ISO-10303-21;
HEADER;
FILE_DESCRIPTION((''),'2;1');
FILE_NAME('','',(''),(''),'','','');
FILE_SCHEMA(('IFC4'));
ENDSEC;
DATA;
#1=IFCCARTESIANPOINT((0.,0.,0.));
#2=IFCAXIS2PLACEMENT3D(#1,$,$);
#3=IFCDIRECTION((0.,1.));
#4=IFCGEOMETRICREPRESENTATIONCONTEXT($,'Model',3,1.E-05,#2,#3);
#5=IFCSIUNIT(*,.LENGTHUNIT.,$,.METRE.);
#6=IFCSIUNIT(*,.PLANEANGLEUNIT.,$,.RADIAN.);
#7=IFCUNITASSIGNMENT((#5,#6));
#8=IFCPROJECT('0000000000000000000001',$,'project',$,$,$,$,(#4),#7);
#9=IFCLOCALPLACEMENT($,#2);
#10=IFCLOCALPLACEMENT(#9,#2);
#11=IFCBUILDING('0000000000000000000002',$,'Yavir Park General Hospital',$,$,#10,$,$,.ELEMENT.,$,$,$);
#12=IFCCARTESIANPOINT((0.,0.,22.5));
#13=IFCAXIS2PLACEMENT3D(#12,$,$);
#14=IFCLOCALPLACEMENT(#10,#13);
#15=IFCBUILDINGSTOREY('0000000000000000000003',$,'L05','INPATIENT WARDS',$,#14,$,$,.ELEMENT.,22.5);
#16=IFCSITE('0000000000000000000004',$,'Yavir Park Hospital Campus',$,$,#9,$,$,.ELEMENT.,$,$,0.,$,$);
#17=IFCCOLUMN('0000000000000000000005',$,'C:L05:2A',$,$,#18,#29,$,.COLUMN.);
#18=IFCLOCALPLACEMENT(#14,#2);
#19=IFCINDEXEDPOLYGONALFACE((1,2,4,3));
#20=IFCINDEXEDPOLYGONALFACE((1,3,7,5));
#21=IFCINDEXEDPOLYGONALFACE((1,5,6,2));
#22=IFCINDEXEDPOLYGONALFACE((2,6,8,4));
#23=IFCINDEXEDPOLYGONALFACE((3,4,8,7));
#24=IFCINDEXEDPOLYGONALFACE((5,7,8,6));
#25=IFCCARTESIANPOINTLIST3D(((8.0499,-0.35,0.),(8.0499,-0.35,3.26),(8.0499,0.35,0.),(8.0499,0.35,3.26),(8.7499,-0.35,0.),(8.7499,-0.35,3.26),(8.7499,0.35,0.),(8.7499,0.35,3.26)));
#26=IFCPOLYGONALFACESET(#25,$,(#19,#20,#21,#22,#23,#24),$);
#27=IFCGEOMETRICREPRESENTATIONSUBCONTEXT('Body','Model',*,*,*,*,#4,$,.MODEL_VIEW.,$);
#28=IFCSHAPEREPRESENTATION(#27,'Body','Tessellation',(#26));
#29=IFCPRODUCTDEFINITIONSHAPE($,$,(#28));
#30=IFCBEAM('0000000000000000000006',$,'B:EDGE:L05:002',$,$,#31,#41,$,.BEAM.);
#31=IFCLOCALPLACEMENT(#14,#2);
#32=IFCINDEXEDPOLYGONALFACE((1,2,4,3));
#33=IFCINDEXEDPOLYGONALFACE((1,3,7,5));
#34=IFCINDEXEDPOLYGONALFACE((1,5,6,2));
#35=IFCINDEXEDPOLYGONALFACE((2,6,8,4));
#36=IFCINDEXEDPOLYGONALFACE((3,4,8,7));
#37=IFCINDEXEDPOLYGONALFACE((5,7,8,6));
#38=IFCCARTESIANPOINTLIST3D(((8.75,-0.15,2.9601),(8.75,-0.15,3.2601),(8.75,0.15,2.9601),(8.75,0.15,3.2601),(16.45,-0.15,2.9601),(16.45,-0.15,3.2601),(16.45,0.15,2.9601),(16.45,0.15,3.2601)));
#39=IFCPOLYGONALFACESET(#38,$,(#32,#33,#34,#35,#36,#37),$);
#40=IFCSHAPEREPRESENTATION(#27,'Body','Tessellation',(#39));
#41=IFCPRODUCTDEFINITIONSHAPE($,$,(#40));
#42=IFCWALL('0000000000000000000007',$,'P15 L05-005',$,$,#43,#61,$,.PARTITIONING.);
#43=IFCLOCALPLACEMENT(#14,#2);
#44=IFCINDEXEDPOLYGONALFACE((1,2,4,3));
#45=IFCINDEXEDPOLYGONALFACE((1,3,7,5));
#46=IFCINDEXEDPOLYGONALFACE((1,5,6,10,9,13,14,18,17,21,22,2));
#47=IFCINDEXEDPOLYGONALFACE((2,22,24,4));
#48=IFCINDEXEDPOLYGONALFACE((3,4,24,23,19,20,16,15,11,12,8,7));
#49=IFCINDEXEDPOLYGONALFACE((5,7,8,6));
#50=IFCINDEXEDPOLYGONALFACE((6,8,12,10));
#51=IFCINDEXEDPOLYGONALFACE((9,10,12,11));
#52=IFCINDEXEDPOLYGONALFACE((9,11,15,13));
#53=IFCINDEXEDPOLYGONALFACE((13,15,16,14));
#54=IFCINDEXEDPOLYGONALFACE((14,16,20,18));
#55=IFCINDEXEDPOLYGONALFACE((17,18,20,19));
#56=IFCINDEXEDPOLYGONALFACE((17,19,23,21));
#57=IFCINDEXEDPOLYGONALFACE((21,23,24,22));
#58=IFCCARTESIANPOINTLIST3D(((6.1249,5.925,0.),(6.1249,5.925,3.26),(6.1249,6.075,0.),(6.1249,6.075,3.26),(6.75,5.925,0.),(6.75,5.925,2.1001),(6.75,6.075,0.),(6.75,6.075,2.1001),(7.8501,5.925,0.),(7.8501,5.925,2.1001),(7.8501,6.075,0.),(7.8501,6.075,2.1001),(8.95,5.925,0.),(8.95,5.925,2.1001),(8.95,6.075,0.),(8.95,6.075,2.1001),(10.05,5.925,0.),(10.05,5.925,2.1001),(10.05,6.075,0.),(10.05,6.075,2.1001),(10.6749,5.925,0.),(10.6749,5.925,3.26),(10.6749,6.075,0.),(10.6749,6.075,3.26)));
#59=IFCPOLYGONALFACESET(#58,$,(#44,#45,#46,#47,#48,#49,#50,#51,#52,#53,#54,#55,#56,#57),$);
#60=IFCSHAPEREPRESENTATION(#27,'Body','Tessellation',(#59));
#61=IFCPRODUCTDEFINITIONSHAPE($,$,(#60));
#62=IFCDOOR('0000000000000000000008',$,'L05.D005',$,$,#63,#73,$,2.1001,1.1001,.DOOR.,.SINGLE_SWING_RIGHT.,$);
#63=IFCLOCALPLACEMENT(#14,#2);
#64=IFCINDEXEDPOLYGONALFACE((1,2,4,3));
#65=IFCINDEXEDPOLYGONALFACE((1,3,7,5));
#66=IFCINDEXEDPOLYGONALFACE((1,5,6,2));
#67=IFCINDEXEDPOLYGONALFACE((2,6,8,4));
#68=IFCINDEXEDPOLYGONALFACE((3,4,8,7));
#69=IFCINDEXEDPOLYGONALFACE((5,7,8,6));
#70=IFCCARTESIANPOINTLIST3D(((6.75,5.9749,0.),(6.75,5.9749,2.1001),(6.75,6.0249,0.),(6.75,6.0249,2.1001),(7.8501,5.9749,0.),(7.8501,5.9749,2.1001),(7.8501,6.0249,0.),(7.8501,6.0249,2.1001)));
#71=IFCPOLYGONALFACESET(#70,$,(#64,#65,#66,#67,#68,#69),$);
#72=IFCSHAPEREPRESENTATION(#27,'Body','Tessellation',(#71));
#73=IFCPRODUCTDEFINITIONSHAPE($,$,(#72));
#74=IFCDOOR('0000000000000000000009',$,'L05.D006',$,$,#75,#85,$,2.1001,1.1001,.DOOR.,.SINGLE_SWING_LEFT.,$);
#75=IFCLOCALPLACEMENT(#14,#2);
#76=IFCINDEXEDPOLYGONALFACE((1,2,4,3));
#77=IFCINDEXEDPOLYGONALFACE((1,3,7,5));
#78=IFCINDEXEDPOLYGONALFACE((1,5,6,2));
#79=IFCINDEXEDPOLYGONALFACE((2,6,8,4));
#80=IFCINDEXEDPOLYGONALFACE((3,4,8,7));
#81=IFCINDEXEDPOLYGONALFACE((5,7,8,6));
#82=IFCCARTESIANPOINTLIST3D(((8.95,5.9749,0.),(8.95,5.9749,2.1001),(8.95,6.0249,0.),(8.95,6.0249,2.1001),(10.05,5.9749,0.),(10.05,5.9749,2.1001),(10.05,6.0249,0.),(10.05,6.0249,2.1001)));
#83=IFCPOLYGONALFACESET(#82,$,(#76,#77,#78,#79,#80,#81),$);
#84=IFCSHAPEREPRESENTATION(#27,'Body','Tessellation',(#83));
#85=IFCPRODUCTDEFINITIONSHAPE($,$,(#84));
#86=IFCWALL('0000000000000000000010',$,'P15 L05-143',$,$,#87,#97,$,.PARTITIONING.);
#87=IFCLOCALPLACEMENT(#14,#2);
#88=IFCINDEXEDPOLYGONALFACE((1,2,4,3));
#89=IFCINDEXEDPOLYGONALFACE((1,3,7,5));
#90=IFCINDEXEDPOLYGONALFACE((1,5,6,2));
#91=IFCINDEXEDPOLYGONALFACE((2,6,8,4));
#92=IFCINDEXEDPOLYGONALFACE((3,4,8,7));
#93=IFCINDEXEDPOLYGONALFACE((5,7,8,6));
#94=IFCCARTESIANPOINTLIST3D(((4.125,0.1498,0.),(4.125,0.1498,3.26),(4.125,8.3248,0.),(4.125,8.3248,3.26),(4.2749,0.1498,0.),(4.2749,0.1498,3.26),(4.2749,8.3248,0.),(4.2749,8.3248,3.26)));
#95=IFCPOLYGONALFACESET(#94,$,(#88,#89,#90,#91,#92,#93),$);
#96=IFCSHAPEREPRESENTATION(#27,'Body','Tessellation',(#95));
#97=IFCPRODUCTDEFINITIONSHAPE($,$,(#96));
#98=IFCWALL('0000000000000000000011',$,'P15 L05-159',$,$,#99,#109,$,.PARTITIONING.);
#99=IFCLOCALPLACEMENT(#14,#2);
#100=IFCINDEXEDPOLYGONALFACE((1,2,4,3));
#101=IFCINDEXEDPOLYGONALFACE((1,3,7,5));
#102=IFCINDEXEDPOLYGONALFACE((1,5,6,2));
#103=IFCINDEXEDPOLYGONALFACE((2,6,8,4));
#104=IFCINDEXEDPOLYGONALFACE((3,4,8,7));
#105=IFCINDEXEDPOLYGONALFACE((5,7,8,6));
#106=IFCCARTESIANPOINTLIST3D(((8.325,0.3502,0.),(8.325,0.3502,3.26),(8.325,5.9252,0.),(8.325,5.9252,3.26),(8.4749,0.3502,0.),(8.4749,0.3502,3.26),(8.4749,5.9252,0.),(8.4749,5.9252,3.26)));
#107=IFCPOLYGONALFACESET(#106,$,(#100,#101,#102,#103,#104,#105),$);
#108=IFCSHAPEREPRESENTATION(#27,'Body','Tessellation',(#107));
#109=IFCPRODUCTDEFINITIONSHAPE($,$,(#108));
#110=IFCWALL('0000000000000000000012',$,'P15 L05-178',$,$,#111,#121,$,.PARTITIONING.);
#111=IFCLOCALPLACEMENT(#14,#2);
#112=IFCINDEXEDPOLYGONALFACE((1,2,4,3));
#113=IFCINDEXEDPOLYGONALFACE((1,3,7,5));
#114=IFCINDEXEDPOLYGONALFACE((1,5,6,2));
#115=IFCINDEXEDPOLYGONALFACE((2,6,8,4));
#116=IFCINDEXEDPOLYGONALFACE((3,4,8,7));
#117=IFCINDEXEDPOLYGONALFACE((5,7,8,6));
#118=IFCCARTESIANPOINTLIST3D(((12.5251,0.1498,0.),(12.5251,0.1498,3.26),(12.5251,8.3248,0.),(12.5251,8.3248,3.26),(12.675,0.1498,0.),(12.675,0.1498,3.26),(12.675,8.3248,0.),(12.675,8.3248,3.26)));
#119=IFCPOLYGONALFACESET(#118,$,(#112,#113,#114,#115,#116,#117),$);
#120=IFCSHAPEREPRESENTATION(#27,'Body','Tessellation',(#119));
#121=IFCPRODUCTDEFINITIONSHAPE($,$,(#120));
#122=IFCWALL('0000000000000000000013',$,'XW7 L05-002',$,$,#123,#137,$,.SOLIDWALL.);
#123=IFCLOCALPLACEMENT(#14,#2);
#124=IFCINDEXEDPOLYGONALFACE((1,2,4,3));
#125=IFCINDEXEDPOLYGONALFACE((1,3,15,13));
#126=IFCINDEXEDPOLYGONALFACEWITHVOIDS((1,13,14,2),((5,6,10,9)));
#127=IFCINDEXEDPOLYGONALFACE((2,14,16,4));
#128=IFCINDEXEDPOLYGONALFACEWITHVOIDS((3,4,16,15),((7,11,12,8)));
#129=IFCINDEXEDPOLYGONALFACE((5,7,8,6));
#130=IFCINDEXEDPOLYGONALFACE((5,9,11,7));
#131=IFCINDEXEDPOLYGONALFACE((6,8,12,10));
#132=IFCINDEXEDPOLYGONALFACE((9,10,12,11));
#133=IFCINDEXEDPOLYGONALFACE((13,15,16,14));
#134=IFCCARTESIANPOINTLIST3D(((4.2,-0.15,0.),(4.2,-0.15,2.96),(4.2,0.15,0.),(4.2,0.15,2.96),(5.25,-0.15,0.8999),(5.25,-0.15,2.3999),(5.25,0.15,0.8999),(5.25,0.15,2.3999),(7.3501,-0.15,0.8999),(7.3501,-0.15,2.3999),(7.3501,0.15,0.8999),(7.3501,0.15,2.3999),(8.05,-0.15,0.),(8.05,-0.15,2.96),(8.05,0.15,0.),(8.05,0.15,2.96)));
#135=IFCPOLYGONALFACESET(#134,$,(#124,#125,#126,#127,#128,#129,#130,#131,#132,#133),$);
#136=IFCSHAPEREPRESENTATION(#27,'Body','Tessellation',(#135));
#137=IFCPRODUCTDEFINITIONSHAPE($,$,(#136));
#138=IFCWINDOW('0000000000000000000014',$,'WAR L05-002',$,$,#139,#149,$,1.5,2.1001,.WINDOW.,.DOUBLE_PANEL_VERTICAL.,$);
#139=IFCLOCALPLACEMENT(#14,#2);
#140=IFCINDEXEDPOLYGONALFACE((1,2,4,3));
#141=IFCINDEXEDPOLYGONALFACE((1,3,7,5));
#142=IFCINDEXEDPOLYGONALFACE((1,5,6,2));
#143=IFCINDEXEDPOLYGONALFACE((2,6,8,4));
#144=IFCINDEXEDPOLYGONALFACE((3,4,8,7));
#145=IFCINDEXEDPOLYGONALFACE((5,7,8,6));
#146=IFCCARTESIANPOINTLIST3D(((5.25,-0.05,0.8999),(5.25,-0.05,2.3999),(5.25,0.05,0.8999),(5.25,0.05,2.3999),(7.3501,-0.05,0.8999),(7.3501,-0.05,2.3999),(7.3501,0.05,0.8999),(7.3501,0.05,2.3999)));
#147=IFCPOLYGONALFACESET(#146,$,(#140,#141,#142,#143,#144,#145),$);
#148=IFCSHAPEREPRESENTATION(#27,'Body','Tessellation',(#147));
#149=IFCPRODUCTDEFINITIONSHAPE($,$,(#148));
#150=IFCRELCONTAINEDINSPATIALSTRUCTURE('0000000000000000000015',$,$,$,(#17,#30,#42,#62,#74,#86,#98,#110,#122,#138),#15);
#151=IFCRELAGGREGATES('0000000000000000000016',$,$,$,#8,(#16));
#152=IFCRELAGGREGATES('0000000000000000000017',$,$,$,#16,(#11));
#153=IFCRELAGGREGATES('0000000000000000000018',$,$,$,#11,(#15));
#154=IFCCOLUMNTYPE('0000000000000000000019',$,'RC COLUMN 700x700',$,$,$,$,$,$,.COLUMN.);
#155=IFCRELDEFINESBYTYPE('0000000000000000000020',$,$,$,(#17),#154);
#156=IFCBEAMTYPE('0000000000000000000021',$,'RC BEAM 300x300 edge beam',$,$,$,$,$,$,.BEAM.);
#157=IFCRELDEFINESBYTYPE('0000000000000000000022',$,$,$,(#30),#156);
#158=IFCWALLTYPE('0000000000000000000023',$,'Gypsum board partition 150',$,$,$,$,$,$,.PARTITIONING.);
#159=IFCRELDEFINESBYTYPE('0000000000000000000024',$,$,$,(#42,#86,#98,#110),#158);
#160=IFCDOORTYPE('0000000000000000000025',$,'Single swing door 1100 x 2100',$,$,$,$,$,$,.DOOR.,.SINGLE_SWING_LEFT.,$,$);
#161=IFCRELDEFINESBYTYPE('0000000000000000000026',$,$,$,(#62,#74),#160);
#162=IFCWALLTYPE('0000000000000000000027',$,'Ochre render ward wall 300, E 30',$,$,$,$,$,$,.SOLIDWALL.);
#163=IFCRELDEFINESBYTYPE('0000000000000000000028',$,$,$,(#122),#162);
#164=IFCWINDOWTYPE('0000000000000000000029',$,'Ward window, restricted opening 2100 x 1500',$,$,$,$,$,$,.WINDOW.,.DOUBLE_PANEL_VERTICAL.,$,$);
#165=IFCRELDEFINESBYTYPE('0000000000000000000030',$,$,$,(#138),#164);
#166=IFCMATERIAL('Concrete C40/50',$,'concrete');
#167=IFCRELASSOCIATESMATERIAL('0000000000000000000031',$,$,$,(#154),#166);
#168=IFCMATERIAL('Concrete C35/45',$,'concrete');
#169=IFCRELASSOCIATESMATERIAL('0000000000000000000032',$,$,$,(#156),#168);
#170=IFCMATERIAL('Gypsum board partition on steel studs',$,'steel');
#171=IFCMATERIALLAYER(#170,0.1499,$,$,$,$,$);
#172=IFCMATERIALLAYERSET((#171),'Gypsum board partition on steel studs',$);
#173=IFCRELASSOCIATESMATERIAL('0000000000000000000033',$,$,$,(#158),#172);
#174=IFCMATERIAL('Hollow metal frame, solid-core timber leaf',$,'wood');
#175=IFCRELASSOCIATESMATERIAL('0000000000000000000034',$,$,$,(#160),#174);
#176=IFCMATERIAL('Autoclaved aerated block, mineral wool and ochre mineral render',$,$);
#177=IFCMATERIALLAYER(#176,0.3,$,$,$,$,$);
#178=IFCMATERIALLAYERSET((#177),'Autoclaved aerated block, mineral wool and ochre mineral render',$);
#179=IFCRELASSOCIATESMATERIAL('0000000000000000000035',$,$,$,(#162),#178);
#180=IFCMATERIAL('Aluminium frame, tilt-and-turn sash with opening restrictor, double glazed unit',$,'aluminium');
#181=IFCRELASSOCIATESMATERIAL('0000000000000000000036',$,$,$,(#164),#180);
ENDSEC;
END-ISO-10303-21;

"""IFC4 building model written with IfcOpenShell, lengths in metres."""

from ifc_helpers import new_model, si_unit, direction, frame, frame_2d, origin, origin_2d, place, context, subcontext, project, spatial, rectangle, extrude, material, layer, layer_set, material_profile, profile_set, type_object, element, fill, save


model = new_model("IFC4")

# Units and contexts
model_context = context("Model", 3, precision=1e-05, world=origin(), true_north=direction((0.0, 1.0)))
body_context = subcontext(model_context, "Body", "Model", "MODEL_VIEW")
ifc_project = project(units=[si_unit("LENGTHUNIT", "METRE"), si_unit("PLANEANGLEUNIT", "RADIAN")], contexts=[model_context])

# Site, building, storey
site_placement = place(None, origin())
site = spatial("IfcSite", under=ifc_project, at=site_placement, Name="Yavir Park Hospital Campus", CompositionType="ELEMENT", RefElevation=0.0)
building_placement = place(site_placement, origin())
building = spatial("IfcBuilding", under=site, at=building_placement, Name="Yavir Park General Hospital", CompositionType="ELEMENT")
storey_placement = place(building_placement, frame((0.0, 0.0, 22.5)))
storey = spatial("IfcBuildingStorey", under=building, at=storey_placement, Name="L05", Description="INPATIENT WARDS", CompositionType="ELEMENT", Elevation=22.5)

# Column
ifc_material_1 = material(Name="Concrete C40/50", Category="concrete")
ifc_material_profile_1 = material_profile(ifc_material_1, rectangle(XDim=0.7, YDim=0.7, at=origin_2d()), Name="RC700x700")
ifc_profile_set_1 = profile_set([ifc_material_profile_1], Name="Concrete C40/50")
column_type = type_object("IfcColumnType", Name="RC COLUMN 700x700", PredefinedType="COLUMN", material=ifc_profile_set_1)
column_placement = place(storey_placement, frame((8.3999, 0.0, 0.0), z_axis=(0.0, 0.0, 1.0), x_axis=(1.0, 0.0, 0.0)))
element("IfcColumn", 1, at=column_placement, inside=storey, type_object=column_type, Name="C:L05:2A", PredefinedType="COLUMN", context=body_context, shape_type="SweptSolid", body=[
    extrude(rectangle(XDim=0.7, YDim=0.7, at=origin_2d()), origin(), (0.0, 0.0, 1.0), 3.26),
])

# Beam
ifc_material_2 = material(Name="Concrete C35/45", Category="concrete")
ifc_material_profile_2 = material_profile(ifc_material_2, rectangle(XDim=0.3, YDim=0.3, at=origin_2d()), Name="RC300x300")
ifc_profile_set_2 = profile_set([ifc_material_profile_2], Name="Concrete C35/45")
beam_type = type_object("IfcBeamType", Name="RC BEAM 300x300 edge beam", PredefinedType="BEAM", material=ifc_profile_set_2)
beam_placement = place(storey_placement, frame((8.75, 0.0, 3.1101), z_axis=(1.0, 0.0, 0.0), x_axis=(0.0, 1.0, 0.0)))
element("IfcBeam", 2, at=beam_placement, inside=storey, type_object=beam_type, Name="B:EDGE:L05:002", PredefinedType="BEAM", context=body_context, shape_type="SweptSolid", body=[
    extrude(rectangle(XDim=0.3, YDim=0.3, at=origin_2d()), origin(), (0.0, 0.0, 1.0), 7.7),
])

# Wall, openings, doors
ifc_material_3 = material(Name="Gypsum board partition on steel studs", Category="steel")
ifc_layer_1 = layer(ifc_material_3, 0.1499)
ifc_layer_set_1 = layer_set([ifc_layer_1], Name="Gypsum board partition on steel studs")
wall_type_1 = type_object("IfcWallType", Name="Gypsum board partition 150", PredefinedType="PARTITIONING", material=ifc_layer_set_1)
wall_1_placement = place(storey_placement, frame((6.125, 6.0, 0.0), z_axis=(0.0, 0.0, 1.0), x_axis=(1.0, 0.0, 0.0)))
wall_1 = element("IfcWall", 3, at=wall_1_placement, inside=storey, type_object=wall_type_1, Name="P15 L05-005", PredefinedType="PARTITIONING", context=body_context, shape_type="SweptSolid", body=[
    extrude(rectangle(XDim=4.55, YDim=0.1499, at=frame_2d((2.2749, 0.0))), origin(), (0.0, 0.0, 1.0), 3.26),
])
opening_1_placement = place(wall_1_placement, frame((0.625, 0.0, 0.0)))
opening_1 = element("IfcOpeningElement", 4, at=opening_1_placement, cuts=wall_1, PredefinedType="OPENING", context=body_context, shape_type="SweptSolid", body=[
    extrude(rectangle(XDim=1.1001, YDim=2.1001, at=frame_2d((0.55, 1.05))), frame((0.0, 0.085, 0.0), z_axis=(0.0, -1.0, 0.0), x_axis=(1.0, 0.0, 0.0)), (0.0, 0.0, 1.0), 0.1699),
])
opening_2_placement = place(wall_1_placement, frame((2.825, 0.0, 0.0)))
opening_2 = element("IfcOpeningElement", 5, at=opening_2_placement, cuts=wall_1, PredefinedType="OPENING", context=body_context, shape_type="SweptSolid", body=[
    extrude(rectangle(XDim=1.1001, YDim=2.1001, at=frame_2d((0.55, 1.05))), frame((0.0, 0.085, 0.0), z_axis=(0.0, -1.0, 0.0), x_axis=(1.0, 0.0, 0.0)), (0.0, 0.0, 1.0), 0.1699),
])
ifc_material_4 = material(Name="Hollow metal frame, solid-core timber leaf", Category="wood")
door_type = type_object("IfcDoorType", Name="Single swing door 1100 x 2100", OperationType="SINGLE_SWING_LEFT", PredefinedType="DOOR", material=ifc_material_4)
door_1_placement = place(opening_1_placement, origin())
door_1 = element("IfcDoor", 6, at=door_1_placement, inside=storey, type_object=door_type, Name="L05.D005", OperationType="SINGLE_SWING_RIGHT", OverallHeight=2.1001, OverallWidth=1.1001, PredefinedType="DOOR", context=body_context, shape_type="SweptSolid", body=[
    extrude(rectangle(XDim=1.1001, YDim=2.1001, at=frame_2d((0.55, 1.05))), frame((0.0, 0.0249, 0.0), z_axis=(0.0, -1.0, 0.0), x_axis=(1.0, 0.0, 0.0)), (0.0, 0.0, 1.0), 0.05),
])
fill(opening_1, door_1)
door_2_placement = place(opening_2_placement, origin())
door_2 = element("IfcDoor", 7, at=door_2_placement, inside=storey, type_object=door_type, Name="L05.D006", OperationType="SINGLE_SWING_LEFT", OverallHeight=2.1001, OverallWidth=1.1001, PredefinedType="DOOR", context=body_context, shape_type="SweptSolid", body=[
    extrude(rectangle(XDim=1.1001, YDim=2.1001, at=frame_2d((0.55, 1.05))), frame((0.0, 0.0249, 0.0), z_axis=(0.0, -1.0, 0.0), x_axis=(1.0, 0.0, 0.0)), (0.0, 0.0, 1.0), 0.05),
])
fill(opening_2, door_2)

# Walls
wall_2_placement = place(storey_placement, frame((4.2, 0.1499, 0.0), z_axis=(0.0, 0.0, 1.0), x_axis=(0.0, 1.0, 0.0)))
element("IfcWall", 8, at=wall_2_placement, inside=storey, type_object=wall_type_1, Name="P15 L05-143", PredefinedType="PARTITIONING", context=body_context, shape_type="SweptSolid", body=[
    extrude(rectangle(XDim=8.175, YDim=0.1499, at=frame_2d((4.0874, 0.0))), origin(), (0.0, 0.0, 1.0), 3.26),
])
wall_3_placement = place(storey_placement, frame((8.3999, 0.3501, 0.0), z_axis=(0.0, 0.0, 1.0), x_axis=(0.0, 1.0, 0.0)))
element("IfcWall", 9, at=wall_3_placement, inside=storey, type_object=wall_type_1, Name="P15 L05-159", PredefinedType="PARTITIONING", context=body_context, shape_type="SweptSolid", body=[
    extrude(rectangle(XDim=5.575, YDim=0.1499, at=frame_2d((2.7876, 0.0))), origin(), (0.0, 0.0, 1.0), 3.26),
])
wall_4_placement = place(storey_placement, frame((12.6001, 0.1499, 0.0), z_axis=(0.0, 0.0, 1.0), x_axis=(0.0, 1.0, 0.0)))
element("IfcWall", 10, at=wall_4_placement, inside=storey, type_object=wall_type_1, Name="P15 L05-178", PredefinedType="PARTITIONING", context=body_context, shape_type="SweptSolid", body=[
    extrude(rectangle(XDim=8.175, YDim=0.1499, at=frame_2d((4.0874, 0.0))), origin(), (0.0, 0.0, 1.0), 3.26),
])

# Wall, opening, window
ifc_material_5 = material(Name="Autoclaved aerated block, mineral wool and ochre mineral render")
ifc_layer_2 = layer(ifc_material_5, 0.3)
ifc_layer_set_2 = layer_set([ifc_layer_2], Name="Autoclaved aerated block, mineral wool and ochre mineral render")
wall_type_2 = type_object("IfcWallType", Name="Ochre render ward wall 300, E 30", PredefinedType="SOLIDWALL", material=ifc_layer_set_2)
wall_5_placement = place(storey_placement, frame((4.2, 0.0, 0.0), z_axis=(0.0, 0.0, 1.0), x_axis=(1.0, 0.0, 0.0)))
wall_5 = element("IfcWall", 11, at=wall_5_placement, inside=storey, type_object=wall_type_2, Name="XW7 L05-002", PredefinedType="SOLIDWALL", context=body_context, shape_type="SweptSolid", body=[
    extrude(rectangle(XDim=3.8501, YDim=0.3, at=frame_2d((1.925, 0.0))), origin(), (0.0, 0.0, 1.0), 2.96),
])
opening_3_placement = place(wall_5_placement, frame((1.05, 0.0, 0.8999)))
opening_3 = element("IfcOpeningElement", 12, at=opening_3_placement, cuts=wall_5, PredefinedType="OPENING", context=body_context, shape_type="SweptSolid", body=[
    extrude(rectangle(XDim=2.1001, YDim=1.5, at=frame_2d((1.05, 0.75))), frame((0.0, 0.1599, 0.0), z_axis=(0.0, -1.0, 0.0), x_axis=(1.0, 0.0, 0.0)), (0.0, 0.0, 1.0), 0.3201),
])
ifc_material_6 = material(Name="Aluminium frame, tilt-and-turn sash with opening restrictor, double glazed unit", Category="aluminium")
window_type = type_object("IfcWindowType", Name="Ward window, restricted opening 2100 x 1500", PartitioningType="DOUBLE_PANEL_VERTICAL", PredefinedType="WINDOW", material=ifc_material_6)
window_1_placement = place(opening_3_placement, origin())
window_1 = element("IfcWindow", 13, at=window_1_placement, inside=storey, type_object=window_type, Name="WAR L05-002", OverallHeight=1.5, OverallWidth=2.1001, PartitioningType="DOUBLE_PANEL_VERTICAL", PredefinedType="WINDOW", context=body_context, shape_type="SweptSolid", body=[
    extrude(rectangle(XDim=2.1001, YDim=1.5, at=frame_2d((1.05, 0.75))), frame((0.0, 0.05, 0.0), z_axis=(0.0, -1.0, 0.0), x_axis=(1.0, 0.0, 0.0)), (0.0, 0.0, 1.0), 0.1001),
])
fill(opening_3, window_1)

save(model, "model.ifc")
